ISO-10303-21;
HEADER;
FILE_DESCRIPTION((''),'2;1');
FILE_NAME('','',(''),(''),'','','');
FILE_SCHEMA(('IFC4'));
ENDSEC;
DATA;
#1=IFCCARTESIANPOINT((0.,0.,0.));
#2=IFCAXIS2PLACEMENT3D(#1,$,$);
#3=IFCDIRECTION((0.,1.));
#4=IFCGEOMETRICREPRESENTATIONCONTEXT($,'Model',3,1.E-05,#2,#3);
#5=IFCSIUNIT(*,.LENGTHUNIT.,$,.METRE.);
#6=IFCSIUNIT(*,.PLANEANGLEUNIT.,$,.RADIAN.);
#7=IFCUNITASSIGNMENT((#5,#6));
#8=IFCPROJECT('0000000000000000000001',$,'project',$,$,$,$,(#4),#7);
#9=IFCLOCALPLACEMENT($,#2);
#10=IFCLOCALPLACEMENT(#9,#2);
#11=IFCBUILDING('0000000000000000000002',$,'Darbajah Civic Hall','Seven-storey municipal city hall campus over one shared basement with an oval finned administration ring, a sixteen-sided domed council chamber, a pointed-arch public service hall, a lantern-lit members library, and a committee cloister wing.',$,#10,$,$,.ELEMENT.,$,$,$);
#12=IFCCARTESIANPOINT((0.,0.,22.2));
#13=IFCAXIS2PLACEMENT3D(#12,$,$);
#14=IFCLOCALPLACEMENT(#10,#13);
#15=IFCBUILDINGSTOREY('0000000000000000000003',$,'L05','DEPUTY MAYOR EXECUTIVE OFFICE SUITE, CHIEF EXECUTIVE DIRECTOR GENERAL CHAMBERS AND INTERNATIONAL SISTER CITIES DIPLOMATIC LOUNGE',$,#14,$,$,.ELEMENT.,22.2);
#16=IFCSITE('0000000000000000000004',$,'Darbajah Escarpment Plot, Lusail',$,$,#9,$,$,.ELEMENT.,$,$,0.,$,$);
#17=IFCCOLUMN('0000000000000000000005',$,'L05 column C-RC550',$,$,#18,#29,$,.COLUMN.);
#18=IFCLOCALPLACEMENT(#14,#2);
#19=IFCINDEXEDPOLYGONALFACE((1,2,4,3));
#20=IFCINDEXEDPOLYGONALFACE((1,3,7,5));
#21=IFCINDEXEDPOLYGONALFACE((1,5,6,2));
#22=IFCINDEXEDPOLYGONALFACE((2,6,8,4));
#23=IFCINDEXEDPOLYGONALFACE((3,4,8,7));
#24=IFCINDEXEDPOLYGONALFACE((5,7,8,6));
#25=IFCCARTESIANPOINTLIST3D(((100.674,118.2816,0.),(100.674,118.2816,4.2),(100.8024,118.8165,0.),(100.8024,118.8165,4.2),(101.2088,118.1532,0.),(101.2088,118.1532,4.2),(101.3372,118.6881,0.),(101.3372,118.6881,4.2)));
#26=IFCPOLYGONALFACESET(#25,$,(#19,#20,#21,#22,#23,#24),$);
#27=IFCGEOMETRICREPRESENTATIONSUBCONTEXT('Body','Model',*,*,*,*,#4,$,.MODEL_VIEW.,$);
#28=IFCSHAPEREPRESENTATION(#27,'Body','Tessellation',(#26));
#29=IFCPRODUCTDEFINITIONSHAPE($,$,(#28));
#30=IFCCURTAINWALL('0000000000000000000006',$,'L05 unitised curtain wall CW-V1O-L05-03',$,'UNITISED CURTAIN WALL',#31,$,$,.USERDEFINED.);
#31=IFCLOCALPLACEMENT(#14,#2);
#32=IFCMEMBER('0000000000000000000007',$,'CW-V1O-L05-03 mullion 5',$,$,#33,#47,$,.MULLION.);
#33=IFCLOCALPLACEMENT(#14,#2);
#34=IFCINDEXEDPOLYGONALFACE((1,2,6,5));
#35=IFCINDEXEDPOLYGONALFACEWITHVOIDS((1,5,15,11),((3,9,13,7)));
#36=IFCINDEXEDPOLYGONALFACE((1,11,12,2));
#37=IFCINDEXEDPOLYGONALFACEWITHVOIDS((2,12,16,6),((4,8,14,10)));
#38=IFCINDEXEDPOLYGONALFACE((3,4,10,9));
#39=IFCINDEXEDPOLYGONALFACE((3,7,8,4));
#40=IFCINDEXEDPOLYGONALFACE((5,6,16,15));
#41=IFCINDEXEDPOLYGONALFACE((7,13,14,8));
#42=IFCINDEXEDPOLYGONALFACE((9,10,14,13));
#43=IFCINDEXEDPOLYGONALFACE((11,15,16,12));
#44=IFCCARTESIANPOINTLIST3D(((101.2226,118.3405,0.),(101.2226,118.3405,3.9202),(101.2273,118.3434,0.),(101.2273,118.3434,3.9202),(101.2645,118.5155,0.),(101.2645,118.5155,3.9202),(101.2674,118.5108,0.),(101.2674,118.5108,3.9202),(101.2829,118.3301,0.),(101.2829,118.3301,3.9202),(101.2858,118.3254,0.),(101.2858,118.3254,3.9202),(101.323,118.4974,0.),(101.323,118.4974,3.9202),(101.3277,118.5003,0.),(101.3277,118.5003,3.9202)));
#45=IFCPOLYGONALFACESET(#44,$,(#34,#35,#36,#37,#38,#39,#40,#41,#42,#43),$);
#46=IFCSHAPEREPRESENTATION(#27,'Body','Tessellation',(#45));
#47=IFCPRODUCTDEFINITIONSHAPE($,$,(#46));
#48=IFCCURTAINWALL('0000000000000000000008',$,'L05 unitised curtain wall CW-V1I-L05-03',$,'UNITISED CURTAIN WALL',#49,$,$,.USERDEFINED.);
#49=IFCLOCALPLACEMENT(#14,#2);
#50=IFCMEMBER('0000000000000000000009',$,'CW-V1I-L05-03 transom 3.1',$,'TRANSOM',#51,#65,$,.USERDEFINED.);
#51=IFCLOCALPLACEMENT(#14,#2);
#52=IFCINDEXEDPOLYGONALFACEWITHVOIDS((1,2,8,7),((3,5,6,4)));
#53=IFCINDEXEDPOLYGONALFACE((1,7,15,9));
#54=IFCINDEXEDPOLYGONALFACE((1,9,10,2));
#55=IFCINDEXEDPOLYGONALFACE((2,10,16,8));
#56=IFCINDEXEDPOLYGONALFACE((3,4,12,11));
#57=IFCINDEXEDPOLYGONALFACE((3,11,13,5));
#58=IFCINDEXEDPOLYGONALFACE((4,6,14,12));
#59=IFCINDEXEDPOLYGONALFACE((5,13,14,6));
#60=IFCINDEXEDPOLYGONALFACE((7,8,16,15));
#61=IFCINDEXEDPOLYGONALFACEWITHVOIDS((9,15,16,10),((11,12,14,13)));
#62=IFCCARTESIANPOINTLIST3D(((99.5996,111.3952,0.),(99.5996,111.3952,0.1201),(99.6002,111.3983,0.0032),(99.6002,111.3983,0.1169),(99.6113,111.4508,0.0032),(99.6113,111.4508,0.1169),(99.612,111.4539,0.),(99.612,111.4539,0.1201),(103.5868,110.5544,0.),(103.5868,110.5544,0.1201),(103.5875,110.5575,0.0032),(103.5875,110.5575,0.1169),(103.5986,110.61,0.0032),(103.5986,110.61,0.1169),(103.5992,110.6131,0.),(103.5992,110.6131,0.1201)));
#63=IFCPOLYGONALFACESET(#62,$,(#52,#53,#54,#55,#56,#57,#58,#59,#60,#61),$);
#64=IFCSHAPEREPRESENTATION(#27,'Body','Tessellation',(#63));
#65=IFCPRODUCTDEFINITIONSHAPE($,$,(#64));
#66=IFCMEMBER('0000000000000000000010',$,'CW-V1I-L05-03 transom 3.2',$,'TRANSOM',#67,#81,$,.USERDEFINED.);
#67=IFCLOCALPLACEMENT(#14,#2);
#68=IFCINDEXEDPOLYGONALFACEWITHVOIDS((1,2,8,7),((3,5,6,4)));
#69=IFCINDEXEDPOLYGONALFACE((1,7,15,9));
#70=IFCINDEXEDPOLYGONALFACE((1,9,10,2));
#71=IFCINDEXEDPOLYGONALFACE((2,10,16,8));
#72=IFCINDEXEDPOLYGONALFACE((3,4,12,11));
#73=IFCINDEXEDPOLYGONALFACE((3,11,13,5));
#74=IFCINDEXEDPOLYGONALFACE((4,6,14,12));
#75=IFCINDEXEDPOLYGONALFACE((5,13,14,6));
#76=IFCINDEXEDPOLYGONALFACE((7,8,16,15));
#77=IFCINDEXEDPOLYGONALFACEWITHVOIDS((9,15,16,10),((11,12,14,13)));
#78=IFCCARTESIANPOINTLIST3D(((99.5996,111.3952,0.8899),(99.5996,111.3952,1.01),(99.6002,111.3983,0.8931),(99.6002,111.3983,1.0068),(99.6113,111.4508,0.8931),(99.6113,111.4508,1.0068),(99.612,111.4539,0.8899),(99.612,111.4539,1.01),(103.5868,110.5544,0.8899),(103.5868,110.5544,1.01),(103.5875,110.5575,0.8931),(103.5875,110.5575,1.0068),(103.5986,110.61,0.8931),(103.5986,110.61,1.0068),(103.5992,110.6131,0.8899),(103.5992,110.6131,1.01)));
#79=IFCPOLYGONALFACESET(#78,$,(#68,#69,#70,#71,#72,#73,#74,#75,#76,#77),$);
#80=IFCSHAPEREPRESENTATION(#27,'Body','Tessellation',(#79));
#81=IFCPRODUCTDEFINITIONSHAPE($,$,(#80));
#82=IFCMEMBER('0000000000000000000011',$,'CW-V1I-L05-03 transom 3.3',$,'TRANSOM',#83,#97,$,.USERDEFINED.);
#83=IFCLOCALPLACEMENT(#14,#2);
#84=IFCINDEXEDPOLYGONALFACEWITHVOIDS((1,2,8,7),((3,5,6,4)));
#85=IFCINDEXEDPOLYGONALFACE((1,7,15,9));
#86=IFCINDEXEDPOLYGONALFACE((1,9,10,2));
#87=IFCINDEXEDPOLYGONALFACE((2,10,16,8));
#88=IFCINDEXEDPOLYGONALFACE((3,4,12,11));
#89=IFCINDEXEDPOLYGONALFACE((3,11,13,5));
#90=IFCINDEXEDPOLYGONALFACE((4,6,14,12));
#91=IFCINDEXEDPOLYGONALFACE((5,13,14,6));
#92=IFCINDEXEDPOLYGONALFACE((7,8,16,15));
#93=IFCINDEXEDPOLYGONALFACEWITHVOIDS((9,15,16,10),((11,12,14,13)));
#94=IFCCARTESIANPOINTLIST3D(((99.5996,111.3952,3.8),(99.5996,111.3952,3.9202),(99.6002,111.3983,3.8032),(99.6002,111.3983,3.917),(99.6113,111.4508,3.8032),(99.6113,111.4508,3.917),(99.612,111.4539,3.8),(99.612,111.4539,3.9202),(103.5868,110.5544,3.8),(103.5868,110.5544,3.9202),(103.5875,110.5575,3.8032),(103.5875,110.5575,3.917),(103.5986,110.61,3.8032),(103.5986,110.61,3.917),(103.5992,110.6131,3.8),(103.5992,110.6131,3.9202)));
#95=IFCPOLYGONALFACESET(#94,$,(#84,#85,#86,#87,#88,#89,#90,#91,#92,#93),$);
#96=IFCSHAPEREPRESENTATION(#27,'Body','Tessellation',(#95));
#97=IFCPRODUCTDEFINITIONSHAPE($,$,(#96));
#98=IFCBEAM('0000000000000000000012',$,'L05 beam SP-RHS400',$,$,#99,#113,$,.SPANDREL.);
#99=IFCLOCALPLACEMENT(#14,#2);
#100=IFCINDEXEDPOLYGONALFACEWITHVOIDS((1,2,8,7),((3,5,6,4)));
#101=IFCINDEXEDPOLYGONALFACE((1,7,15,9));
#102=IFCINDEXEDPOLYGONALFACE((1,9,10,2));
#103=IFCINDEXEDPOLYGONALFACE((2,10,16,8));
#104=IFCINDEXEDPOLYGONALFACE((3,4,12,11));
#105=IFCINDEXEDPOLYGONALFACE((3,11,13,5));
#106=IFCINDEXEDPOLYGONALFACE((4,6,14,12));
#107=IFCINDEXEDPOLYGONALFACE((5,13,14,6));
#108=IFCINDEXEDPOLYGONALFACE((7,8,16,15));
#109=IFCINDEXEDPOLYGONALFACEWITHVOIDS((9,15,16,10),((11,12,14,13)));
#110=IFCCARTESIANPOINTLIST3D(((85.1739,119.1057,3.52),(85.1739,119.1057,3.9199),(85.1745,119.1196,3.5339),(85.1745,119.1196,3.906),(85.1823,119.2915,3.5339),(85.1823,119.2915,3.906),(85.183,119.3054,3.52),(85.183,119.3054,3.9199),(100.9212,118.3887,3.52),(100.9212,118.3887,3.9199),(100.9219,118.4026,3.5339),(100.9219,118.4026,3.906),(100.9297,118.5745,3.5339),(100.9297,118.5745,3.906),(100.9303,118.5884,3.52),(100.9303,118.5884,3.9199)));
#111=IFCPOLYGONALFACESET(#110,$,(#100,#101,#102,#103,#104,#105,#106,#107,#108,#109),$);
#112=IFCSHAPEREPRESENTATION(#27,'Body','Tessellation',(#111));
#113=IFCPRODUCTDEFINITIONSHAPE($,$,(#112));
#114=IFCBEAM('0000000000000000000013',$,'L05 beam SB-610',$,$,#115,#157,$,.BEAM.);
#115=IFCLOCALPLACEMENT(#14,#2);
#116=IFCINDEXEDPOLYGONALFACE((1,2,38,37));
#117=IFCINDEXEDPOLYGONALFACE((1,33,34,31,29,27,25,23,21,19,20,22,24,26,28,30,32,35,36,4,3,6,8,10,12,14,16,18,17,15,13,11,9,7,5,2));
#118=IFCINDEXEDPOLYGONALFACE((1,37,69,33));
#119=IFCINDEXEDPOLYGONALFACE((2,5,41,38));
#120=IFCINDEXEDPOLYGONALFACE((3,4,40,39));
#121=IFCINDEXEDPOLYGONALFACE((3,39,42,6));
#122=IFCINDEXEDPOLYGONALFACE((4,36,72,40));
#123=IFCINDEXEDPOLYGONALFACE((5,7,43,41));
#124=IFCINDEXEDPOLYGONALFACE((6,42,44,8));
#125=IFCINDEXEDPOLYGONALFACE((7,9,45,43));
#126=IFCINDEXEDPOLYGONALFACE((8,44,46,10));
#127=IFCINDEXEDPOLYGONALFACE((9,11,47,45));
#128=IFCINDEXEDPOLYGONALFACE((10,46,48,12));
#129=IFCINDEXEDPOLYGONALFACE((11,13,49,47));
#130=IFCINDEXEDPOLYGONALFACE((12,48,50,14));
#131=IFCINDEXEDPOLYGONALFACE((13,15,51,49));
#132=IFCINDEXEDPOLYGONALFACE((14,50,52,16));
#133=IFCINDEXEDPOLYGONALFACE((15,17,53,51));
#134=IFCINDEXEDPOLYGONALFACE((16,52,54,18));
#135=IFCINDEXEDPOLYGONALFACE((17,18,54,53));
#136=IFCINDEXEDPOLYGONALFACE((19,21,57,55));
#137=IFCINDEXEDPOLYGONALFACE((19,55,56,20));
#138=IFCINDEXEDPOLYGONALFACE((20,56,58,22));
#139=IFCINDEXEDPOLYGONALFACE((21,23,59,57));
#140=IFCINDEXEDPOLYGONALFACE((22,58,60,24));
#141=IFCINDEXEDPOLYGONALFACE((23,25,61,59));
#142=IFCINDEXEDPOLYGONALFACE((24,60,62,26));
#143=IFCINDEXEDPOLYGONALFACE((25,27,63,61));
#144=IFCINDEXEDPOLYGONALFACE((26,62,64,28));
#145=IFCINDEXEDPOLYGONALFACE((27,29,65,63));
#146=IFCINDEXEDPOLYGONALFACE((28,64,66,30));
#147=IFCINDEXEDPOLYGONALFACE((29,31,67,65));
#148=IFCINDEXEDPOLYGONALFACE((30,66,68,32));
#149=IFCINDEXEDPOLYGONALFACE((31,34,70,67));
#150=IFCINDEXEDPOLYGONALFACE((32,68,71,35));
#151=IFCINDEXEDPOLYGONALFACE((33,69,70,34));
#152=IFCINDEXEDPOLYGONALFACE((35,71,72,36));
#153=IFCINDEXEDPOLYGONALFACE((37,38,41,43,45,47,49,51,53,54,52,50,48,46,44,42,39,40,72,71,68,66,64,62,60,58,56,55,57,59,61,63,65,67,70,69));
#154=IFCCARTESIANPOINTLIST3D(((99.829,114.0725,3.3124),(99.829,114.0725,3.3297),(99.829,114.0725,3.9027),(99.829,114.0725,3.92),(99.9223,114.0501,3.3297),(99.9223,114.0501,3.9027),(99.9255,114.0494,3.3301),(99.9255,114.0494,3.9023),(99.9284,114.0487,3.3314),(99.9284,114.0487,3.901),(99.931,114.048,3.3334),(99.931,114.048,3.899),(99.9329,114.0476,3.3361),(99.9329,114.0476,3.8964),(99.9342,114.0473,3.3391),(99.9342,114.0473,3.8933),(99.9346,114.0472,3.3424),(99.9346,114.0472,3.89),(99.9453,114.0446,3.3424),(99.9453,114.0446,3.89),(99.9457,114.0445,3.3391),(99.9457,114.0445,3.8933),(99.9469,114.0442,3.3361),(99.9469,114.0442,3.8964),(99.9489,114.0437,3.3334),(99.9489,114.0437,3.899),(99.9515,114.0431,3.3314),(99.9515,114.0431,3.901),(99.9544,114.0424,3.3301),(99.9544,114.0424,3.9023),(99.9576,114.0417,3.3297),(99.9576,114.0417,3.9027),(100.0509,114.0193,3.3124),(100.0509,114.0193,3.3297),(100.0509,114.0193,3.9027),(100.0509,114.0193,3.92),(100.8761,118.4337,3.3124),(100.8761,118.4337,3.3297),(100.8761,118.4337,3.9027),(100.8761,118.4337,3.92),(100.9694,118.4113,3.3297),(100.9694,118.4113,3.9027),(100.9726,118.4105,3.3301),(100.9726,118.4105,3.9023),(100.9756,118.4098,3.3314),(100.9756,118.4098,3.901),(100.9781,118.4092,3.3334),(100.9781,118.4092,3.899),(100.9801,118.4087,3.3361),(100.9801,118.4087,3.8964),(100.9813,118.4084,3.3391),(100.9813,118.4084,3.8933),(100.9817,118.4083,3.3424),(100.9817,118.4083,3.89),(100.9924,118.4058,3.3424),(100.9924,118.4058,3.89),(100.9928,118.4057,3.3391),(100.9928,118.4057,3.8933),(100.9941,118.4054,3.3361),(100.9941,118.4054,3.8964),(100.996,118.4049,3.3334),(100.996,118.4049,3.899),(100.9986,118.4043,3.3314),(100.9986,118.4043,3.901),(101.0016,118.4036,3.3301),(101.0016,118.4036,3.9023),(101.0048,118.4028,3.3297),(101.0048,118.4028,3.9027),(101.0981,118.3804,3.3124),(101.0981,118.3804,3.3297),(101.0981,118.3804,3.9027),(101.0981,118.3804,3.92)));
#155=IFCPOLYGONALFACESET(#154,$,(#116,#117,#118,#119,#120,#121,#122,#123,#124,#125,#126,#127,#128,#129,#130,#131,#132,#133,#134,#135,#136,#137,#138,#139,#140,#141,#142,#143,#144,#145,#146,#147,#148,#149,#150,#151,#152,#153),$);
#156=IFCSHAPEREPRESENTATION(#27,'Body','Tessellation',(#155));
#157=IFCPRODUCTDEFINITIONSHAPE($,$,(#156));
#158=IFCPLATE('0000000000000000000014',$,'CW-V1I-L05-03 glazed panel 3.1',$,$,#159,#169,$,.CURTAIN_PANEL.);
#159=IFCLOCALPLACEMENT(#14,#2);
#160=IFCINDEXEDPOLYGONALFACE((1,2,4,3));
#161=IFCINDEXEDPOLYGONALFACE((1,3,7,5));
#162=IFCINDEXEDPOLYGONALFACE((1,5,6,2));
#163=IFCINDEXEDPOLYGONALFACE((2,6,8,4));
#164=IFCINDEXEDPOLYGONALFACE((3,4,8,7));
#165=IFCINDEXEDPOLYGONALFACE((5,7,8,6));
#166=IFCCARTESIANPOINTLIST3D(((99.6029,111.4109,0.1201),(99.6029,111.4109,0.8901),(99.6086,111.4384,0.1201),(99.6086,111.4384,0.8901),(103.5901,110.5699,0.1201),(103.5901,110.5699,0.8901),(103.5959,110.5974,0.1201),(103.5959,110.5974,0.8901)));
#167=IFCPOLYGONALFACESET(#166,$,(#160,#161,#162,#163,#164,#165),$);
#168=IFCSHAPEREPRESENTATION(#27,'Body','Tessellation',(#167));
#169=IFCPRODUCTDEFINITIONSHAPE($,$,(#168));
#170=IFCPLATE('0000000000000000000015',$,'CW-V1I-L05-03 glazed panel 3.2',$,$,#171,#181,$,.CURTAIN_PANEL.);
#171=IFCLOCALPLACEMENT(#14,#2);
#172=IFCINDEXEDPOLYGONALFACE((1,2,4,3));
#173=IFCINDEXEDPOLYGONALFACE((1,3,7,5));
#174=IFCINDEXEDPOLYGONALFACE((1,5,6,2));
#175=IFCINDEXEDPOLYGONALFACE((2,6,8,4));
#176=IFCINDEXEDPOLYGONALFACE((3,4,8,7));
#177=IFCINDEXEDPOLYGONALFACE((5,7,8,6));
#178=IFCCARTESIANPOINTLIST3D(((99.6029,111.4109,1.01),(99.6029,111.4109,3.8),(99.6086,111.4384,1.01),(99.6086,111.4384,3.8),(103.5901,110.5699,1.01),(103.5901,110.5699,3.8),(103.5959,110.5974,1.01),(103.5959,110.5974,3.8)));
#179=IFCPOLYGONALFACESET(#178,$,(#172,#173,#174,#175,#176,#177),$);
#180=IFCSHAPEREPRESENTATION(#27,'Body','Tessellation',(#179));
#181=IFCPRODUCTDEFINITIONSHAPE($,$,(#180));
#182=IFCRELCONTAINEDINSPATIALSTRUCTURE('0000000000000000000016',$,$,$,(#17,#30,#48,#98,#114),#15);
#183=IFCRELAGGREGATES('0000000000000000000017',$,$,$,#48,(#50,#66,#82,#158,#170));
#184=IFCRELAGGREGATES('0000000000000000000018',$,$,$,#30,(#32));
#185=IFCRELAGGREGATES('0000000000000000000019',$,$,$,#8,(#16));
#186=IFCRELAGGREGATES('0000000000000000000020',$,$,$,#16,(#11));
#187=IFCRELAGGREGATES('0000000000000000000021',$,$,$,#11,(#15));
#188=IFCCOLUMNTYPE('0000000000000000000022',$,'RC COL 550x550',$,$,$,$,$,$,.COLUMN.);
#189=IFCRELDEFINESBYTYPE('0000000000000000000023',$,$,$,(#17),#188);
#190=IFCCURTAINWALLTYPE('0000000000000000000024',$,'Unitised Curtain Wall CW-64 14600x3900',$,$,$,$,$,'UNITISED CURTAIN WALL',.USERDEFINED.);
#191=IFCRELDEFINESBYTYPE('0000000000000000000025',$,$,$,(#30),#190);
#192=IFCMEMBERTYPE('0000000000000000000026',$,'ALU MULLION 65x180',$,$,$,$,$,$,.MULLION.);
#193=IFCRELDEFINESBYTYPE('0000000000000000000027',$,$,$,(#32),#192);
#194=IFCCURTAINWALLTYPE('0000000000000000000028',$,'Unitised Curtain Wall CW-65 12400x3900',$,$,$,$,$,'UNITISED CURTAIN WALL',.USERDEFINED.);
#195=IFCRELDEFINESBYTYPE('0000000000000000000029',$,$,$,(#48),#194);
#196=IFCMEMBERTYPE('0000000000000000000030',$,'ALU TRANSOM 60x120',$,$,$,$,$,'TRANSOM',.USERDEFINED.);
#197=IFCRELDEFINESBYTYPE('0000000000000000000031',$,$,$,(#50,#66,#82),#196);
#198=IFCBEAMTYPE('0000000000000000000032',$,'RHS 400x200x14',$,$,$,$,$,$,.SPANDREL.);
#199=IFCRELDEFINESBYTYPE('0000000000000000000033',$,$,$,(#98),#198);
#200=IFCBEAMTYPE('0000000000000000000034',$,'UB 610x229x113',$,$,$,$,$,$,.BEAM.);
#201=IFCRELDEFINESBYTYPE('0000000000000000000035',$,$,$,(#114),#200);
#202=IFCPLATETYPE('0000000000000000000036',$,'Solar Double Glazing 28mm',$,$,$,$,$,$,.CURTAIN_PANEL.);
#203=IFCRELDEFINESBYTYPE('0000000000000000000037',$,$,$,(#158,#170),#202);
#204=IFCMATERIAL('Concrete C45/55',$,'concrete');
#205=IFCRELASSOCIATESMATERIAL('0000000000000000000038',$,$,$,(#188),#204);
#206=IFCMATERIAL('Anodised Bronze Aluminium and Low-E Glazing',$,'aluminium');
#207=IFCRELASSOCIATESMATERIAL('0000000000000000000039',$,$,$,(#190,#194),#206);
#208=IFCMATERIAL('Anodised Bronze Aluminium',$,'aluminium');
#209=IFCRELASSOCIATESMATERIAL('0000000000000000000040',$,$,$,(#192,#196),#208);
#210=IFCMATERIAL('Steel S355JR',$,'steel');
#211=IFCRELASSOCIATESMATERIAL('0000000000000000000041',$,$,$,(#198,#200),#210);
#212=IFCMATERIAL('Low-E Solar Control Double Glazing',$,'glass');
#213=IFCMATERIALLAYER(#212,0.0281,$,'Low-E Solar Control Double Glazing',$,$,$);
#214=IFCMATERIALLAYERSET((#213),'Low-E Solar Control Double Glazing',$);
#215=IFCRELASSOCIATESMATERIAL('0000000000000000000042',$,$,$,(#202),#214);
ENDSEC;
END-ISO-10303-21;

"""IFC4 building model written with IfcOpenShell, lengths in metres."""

from ifc_helpers import new_model, si_unit, direction, frame, origin, origin_2d, place, context, subcontext, project, spatial, rectangle, hollow_rectangle, i_section, extrude, material, layer, layer_set, material_profile, profile_set, type_object, element, aggregate, save


model = new_model("IFC4")

# Units and contexts
model_context = context("Model", 3, precision=1e-05, world=origin(), true_north=direction((0.0, 1.0)))
body_context = subcontext(model_context, "Body", "Model", "MODEL_VIEW")
ifc_project = project(units=[si_unit("LENGTHUNIT", "METRE"), si_unit("PLANEANGLEUNIT", "RADIAN")], contexts=[model_context])

# Site, building, storey
site_placement = place(None, origin())
site = spatial("IfcSite", under=ifc_project, at=site_placement, Name="Darbajah Escarpment Plot, Lusail", CompositionType="ELEMENT", RefElevation=0.0)
building_placement = place(site_placement, origin())
building = spatial("IfcBuilding", under=site, at=building_placement, Name="Darbajah Civic Hall", Description="Seven-storey municipal city hall campus over one shared basement with an oval finned administration ring, a sixteen-sided domed council chamber, a pointed-arch public service hall, a lantern-lit members library, and a committee cloister wing.", CompositionType="ELEMENT")
storey_placement = place(building_placement, frame((0.0, 0.0, 22.2)))
storey = spatial("IfcBuildingStorey", under=building, at=storey_placement, Name="L05", Description="DEPUTY MAYOR EXECUTIVE OFFICE SUITE, CHIEF EXECUTIVE DIRECTOR GENERAL CHAMBERS AND INTERNATIONAL SISTER CITIES DIPLOMATIC LOUNGE", CompositionType="ELEMENT", Elevation=22.2)

# Column
ifc_material_1 = material(Name="Concrete C45/55", Category="concrete")
ifc_material_profile_1 = material_profile(ifc_material_1, rectangle(XDim=0.55, YDim=0.55, at=origin_2d()), Name="RC COL 550x550")
ifc_profile_set_1 = profile_set([ifc_material_profile_1], Name="Concrete C45/55")
column_type = type_object("IfcColumnType", Name="RC COL 550x550", PredefinedType="COLUMN", material=ifc_profile_set_1)
column_placement = place(storey_placement, frame((101.0056, 118.4849, 0.0), z_axis=(0.0, 0.0, 1.0), x_axis=(0.233445, 0.97237, 0.0)))
element("IfcColumn", 1, at=column_placement, inside=storey, type_object=column_type, Name="L05 column C-RC550", PredefinedType="COLUMN", context=body_context, shape_type="SweptSolid", body=[
    extrude(rectangle(XDim=0.55, YDim=0.55, at=origin_2d()), origin(), (0.0, 0.0, 1.0), 4.2),
])

# Curtain wall, member
ifc_material_2 = material(Name="Anodised Bronze Aluminium and Low-E Glazing", Category="aluminium")
curtain_wall_type_1 = type_object("IfcCurtainWallType", Name="Unitised Curtain Wall CW-64 14600x3900", ElementType="UNITISED CURTAIN WALL", PredefinedType="USERDEFINED", material=ifc_material_2)
curtain_wall_1_placement = place(storey_placement, origin())
curtain_wall_1 = element("IfcCurtainWall", 2, at=curtain_wall_1_placement, inside=storey, type_object=curtain_wall_type_1, Name="L05 unitised curtain wall CW-V1O-L05-03", ObjectType="UNITISED CURTAIN WALL", PredefinedType="USERDEFINED")
ifc_material_3 = material(Name="Anodised Bronze Aluminium", Category="aluminium")
ifc_material_profile_2 = material_profile(ifc_material_3, hollow_rectangle(XDim=0.0649, YDim=0.1799, WallThickness=0.0039, at=origin_2d()), Name="ALU MULLION 65x180")
ifc_profile_set_2 = profile_set([ifc_material_profile_2], Name="Anodised Bronze Aluminium")
member_type_1 = type_object("IfcMemberType", Name="ALU MULLION 65x180", PredefinedType="MULLION", material=ifc_profile_set_2)
member_1_placement = place(storey_placement, frame((101.2751, 118.4204, 0.0), z_axis=(0.0, 0.0, 1.0), x_axis=(-0.972492, 0.232936, 0.0)))
member_1 = element("IfcMember", 3, at=member_1_placement, type_object=member_type_1, Name="CW-V1O-L05-03 mullion 5", PredefinedType="MULLION", context=body_context, shape_type="SweptSolid", body=[
    extrude(hollow_rectangle(XDim=0.0649, YDim=0.1799, WallThickness=0.0039, at=origin_2d()), origin(), (0.0, 0.0, 1.0), 3.9202),
])

# Curtain wall, members
curtain_wall_type_2 = type_object("IfcCurtainWallType", Name="Unitised Curtain Wall CW-65 12400x3900", ElementType="UNITISED CURTAIN WALL", PredefinedType="USERDEFINED", material=ifc_material_2)
curtain_wall_2_placement = place(storey_placement, origin())
curtain_wall_2 = element("IfcCurtainWall", 4, at=curtain_wall_2_placement, inside=storey, type_object=curtain_wall_type_2, Name="L05 unitised curtain wall CW-V1I-L05-03", ObjectType="UNITISED CURTAIN WALL", PredefinedType="USERDEFINED")
ifc_material_profile_3 = material_profile(ifc_material_3, hollow_rectangle(XDim=0.0601, YDim=0.1201, WallThickness=0.0032, at=origin_2d()), Name="ALU TRANSOM 60x120")
ifc_profile_set_3 = profile_set([ifc_material_profile_3], Name="Anodised Bronze Aluminium")
member_type_2 = type_object("IfcMemberType", Name="ALU TRANSOM 60x120", ElementType="TRANSOM", PredefinedType="USERDEFINED", material=ifc_profile_set_3)
member_2_placement = place(storey_placement, frame((103.593, 110.5837, 0.0601), z_axis=(-0.978481, 0.206337, 0.0), x_axis=(-0.206337, -0.978481, 0.0)))
member_2 = element("IfcMember", 5, at=member_2_placement, type_object=member_type_2, Name="CW-V1I-L05-03 transom 3.1", ObjectType="TRANSOM", PredefinedType="USERDEFINED", context=body_context, shape_type="SweptSolid", body=[
    extrude(hollow_rectangle(XDim=0.0601, YDim=0.1201, WallThickness=0.0032, at=origin_2d()), origin(), (0.0, 0.0, 1.0), 4.075),
])
member_3_placement = place(storey_placement, frame((103.593, 110.5837, 0.95), z_axis=(-0.978481, 0.206337, 0.0), x_axis=(-0.206337, -0.978481, 0.0)))
member_3 = element("IfcMember", 6, at=member_3_placement, type_object=member_type_2, Name="CW-V1I-L05-03 transom 3.2", ObjectType="TRANSOM", PredefinedType="USERDEFINED", context=body_context, shape_type="SweptSolid", body=[
    extrude(hollow_rectangle(XDim=0.0601, YDim=0.1201, WallThickness=0.0032, at=origin_2d()), origin(), (0.0, 0.0, 1.0), 4.075),
])
member_4_placement = place(storey_placement, frame((103.593, 110.5837, 3.8601), z_axis=(-0.978481, 0.206337, 0.0), x_axis=(-0.206337, -0.978481, 0.0)))
member_4 = element("IfcMember", 7, at=member_4_placement, type_object=member_type_2, Name="CW-V1I-L05-03 transom 3.3", ObjectType="TRANSOM", PredefinedType="USERDEFINED", context=body_context, shape_type="SweptSolid", body=[
    extrude(hollow_rectangle(XDim=0.0601, YDim=0.1201, WallThickness=0.0032, at=origin_2d()), origin(), (0.0, 0.0, 1.0), 4.075),
])

# Beams
ifc_material_4 = material(Name="Steel S355JR", Category="steel")
ifc_material_profile_4 = material_profile(ifc_material_4, hollow_rectangle(XDim=0.2, YDim=0.3999, WallThickness=0.0139, at=origin_2d()), Name="RHS 400x200x14")
ifc_profile_set_4 = profile_set([ifc_material_profile_4], Name="Steel S355JR")
beam_type_1 = type_object("IfcBeamType", Name="RHS 400x200x14", PredefinedType="SPANDREL", material=ifc_profile_set_4)
beam_1_placement = place(storey_placement, frame((100.9258, 118.4885, 3.72), z_axis=(-0.998965, 0.045487, 0.0), x_axis=(-0.045487, -0.998965, 0.0)))
element("IfcBeam", 8, at=beam_1_placement, inside=storey, type_object=beam_type_1, Name="L05 beam SP-RHS400", PredefinedType="SPANDREL", context=body_context, shape_type="SweptSolid", body=[
    extrude(hollow_rectangle(XDim=0.2, YDim=0.3999, WallThickness=0.0139, at=origin_2d()), origin(), (0.0, 0.0, 1.0), 15.7637),
])
ifc_material_profile_5 = material_profile(ifc_material_4, i_section(OverallWidth=0.2283, OverallDepth=0.6077, WebThickness=0.011, FlangeThickness=0.0173, FilletRadius=0.0127, at=origin_2d()), Name="UB 610x229x113")
ifc_profile_set_5 = profile_set([ifc_material_profile_5], Name="Steel S355JR")
beam_type_2 = type_object("IfcBeamType", Name="UB 610x229x113", PredefinedType="BEAM", material=ifc_profile_set_5)
beam_2_placement = place(storey_placement, frame((99.9399, 114.0459, 3.6162), z_axis=(0.23347, 0.972364, 0.0), x_axis=(-0.972364, 0.23347, 0.0)))
element("IfcBeam", 9, at=beam_2_placement, inside=storey, type_object=beam_type_2, Name="L05 beam SB-610", PredefinedType="BEAM", context=body_context, shape_type="SweptSolid", body=[
    extrude(i_section(OverallWidth=0.2283, OverallDepth=0.6077, WebThickness=0.011, FlangeThickness=0.0173, FilletRadius=0.0127, at=origin_2d()), origin(), (0.0, 0.0, 1.0), 4.4851),
])

# Plates
ifc_material_5 = material(Name="Low-E Solar Control Double Glazing", Category="glass")
ifc_layer_1 = layer(ifc_material_5, 0.0281, Name="Low-E Solar Control Double Glazing")
ifc_layer_set_1 = layer_set([ifc_layer_1], Name="Low-E Solar Control Double Glazing")
plate_type_1 = type_object("IfcPlateType", Name="Solar Double Glazing 28mm", PredefinedType="CURTAIN_PANEL", material=ifc_layer_set_1)
plate_1_placement = place(storey_placement, frame((101.5994, 111.0042, 0.1201), z_axis=(0.0, 0.0, 1.0), x_axis=(-0.978473, 0.206375, 0.0)))
plate_1 = element("IfcPlate", 10, at=plate_1_placement, type_object=plate_type_1, Name="CW-V1I-L05-03 glazed panel 3.1", PredefinedType="CURTAIN_PANEL", context=body_context, shape_type="SweptSolid", body=[
    extrude(rectangle(XDim=4.075, YDim=0.0281, at=origin_2d()), origin(), (0.0, 0.0, 1.0), 0.77),
])
plate_2_placement = place(storey_placement, frame((101.5994, 111.0042, 1.01), z_axis=(0.0, 0.0, 1.0), x_axis=(-0.978473, 0.206375, 0.0)))
plate_2 = element("IfcPlate", 11, at=plate_2_placement, type_object=plate_type_1, Name="CW-V1I-L05-03 glazed panel 3.2", PredefinedType="CURTAIN_PANEL", context=body_context, shape_type="SweptSolid", body=[
    extrude(rectangle(XDim=4.075, YDim=0.0281, at=origin_2d()), origin(), (0.0, 0.0, 1.0), 2.79),
])
aggregate(curtain_wall_2, [member_2, member_3, member_4, plate_1, plate_2])
aggregate(curtain_wall_1, [member_1])

save(model, "model.ifc")
